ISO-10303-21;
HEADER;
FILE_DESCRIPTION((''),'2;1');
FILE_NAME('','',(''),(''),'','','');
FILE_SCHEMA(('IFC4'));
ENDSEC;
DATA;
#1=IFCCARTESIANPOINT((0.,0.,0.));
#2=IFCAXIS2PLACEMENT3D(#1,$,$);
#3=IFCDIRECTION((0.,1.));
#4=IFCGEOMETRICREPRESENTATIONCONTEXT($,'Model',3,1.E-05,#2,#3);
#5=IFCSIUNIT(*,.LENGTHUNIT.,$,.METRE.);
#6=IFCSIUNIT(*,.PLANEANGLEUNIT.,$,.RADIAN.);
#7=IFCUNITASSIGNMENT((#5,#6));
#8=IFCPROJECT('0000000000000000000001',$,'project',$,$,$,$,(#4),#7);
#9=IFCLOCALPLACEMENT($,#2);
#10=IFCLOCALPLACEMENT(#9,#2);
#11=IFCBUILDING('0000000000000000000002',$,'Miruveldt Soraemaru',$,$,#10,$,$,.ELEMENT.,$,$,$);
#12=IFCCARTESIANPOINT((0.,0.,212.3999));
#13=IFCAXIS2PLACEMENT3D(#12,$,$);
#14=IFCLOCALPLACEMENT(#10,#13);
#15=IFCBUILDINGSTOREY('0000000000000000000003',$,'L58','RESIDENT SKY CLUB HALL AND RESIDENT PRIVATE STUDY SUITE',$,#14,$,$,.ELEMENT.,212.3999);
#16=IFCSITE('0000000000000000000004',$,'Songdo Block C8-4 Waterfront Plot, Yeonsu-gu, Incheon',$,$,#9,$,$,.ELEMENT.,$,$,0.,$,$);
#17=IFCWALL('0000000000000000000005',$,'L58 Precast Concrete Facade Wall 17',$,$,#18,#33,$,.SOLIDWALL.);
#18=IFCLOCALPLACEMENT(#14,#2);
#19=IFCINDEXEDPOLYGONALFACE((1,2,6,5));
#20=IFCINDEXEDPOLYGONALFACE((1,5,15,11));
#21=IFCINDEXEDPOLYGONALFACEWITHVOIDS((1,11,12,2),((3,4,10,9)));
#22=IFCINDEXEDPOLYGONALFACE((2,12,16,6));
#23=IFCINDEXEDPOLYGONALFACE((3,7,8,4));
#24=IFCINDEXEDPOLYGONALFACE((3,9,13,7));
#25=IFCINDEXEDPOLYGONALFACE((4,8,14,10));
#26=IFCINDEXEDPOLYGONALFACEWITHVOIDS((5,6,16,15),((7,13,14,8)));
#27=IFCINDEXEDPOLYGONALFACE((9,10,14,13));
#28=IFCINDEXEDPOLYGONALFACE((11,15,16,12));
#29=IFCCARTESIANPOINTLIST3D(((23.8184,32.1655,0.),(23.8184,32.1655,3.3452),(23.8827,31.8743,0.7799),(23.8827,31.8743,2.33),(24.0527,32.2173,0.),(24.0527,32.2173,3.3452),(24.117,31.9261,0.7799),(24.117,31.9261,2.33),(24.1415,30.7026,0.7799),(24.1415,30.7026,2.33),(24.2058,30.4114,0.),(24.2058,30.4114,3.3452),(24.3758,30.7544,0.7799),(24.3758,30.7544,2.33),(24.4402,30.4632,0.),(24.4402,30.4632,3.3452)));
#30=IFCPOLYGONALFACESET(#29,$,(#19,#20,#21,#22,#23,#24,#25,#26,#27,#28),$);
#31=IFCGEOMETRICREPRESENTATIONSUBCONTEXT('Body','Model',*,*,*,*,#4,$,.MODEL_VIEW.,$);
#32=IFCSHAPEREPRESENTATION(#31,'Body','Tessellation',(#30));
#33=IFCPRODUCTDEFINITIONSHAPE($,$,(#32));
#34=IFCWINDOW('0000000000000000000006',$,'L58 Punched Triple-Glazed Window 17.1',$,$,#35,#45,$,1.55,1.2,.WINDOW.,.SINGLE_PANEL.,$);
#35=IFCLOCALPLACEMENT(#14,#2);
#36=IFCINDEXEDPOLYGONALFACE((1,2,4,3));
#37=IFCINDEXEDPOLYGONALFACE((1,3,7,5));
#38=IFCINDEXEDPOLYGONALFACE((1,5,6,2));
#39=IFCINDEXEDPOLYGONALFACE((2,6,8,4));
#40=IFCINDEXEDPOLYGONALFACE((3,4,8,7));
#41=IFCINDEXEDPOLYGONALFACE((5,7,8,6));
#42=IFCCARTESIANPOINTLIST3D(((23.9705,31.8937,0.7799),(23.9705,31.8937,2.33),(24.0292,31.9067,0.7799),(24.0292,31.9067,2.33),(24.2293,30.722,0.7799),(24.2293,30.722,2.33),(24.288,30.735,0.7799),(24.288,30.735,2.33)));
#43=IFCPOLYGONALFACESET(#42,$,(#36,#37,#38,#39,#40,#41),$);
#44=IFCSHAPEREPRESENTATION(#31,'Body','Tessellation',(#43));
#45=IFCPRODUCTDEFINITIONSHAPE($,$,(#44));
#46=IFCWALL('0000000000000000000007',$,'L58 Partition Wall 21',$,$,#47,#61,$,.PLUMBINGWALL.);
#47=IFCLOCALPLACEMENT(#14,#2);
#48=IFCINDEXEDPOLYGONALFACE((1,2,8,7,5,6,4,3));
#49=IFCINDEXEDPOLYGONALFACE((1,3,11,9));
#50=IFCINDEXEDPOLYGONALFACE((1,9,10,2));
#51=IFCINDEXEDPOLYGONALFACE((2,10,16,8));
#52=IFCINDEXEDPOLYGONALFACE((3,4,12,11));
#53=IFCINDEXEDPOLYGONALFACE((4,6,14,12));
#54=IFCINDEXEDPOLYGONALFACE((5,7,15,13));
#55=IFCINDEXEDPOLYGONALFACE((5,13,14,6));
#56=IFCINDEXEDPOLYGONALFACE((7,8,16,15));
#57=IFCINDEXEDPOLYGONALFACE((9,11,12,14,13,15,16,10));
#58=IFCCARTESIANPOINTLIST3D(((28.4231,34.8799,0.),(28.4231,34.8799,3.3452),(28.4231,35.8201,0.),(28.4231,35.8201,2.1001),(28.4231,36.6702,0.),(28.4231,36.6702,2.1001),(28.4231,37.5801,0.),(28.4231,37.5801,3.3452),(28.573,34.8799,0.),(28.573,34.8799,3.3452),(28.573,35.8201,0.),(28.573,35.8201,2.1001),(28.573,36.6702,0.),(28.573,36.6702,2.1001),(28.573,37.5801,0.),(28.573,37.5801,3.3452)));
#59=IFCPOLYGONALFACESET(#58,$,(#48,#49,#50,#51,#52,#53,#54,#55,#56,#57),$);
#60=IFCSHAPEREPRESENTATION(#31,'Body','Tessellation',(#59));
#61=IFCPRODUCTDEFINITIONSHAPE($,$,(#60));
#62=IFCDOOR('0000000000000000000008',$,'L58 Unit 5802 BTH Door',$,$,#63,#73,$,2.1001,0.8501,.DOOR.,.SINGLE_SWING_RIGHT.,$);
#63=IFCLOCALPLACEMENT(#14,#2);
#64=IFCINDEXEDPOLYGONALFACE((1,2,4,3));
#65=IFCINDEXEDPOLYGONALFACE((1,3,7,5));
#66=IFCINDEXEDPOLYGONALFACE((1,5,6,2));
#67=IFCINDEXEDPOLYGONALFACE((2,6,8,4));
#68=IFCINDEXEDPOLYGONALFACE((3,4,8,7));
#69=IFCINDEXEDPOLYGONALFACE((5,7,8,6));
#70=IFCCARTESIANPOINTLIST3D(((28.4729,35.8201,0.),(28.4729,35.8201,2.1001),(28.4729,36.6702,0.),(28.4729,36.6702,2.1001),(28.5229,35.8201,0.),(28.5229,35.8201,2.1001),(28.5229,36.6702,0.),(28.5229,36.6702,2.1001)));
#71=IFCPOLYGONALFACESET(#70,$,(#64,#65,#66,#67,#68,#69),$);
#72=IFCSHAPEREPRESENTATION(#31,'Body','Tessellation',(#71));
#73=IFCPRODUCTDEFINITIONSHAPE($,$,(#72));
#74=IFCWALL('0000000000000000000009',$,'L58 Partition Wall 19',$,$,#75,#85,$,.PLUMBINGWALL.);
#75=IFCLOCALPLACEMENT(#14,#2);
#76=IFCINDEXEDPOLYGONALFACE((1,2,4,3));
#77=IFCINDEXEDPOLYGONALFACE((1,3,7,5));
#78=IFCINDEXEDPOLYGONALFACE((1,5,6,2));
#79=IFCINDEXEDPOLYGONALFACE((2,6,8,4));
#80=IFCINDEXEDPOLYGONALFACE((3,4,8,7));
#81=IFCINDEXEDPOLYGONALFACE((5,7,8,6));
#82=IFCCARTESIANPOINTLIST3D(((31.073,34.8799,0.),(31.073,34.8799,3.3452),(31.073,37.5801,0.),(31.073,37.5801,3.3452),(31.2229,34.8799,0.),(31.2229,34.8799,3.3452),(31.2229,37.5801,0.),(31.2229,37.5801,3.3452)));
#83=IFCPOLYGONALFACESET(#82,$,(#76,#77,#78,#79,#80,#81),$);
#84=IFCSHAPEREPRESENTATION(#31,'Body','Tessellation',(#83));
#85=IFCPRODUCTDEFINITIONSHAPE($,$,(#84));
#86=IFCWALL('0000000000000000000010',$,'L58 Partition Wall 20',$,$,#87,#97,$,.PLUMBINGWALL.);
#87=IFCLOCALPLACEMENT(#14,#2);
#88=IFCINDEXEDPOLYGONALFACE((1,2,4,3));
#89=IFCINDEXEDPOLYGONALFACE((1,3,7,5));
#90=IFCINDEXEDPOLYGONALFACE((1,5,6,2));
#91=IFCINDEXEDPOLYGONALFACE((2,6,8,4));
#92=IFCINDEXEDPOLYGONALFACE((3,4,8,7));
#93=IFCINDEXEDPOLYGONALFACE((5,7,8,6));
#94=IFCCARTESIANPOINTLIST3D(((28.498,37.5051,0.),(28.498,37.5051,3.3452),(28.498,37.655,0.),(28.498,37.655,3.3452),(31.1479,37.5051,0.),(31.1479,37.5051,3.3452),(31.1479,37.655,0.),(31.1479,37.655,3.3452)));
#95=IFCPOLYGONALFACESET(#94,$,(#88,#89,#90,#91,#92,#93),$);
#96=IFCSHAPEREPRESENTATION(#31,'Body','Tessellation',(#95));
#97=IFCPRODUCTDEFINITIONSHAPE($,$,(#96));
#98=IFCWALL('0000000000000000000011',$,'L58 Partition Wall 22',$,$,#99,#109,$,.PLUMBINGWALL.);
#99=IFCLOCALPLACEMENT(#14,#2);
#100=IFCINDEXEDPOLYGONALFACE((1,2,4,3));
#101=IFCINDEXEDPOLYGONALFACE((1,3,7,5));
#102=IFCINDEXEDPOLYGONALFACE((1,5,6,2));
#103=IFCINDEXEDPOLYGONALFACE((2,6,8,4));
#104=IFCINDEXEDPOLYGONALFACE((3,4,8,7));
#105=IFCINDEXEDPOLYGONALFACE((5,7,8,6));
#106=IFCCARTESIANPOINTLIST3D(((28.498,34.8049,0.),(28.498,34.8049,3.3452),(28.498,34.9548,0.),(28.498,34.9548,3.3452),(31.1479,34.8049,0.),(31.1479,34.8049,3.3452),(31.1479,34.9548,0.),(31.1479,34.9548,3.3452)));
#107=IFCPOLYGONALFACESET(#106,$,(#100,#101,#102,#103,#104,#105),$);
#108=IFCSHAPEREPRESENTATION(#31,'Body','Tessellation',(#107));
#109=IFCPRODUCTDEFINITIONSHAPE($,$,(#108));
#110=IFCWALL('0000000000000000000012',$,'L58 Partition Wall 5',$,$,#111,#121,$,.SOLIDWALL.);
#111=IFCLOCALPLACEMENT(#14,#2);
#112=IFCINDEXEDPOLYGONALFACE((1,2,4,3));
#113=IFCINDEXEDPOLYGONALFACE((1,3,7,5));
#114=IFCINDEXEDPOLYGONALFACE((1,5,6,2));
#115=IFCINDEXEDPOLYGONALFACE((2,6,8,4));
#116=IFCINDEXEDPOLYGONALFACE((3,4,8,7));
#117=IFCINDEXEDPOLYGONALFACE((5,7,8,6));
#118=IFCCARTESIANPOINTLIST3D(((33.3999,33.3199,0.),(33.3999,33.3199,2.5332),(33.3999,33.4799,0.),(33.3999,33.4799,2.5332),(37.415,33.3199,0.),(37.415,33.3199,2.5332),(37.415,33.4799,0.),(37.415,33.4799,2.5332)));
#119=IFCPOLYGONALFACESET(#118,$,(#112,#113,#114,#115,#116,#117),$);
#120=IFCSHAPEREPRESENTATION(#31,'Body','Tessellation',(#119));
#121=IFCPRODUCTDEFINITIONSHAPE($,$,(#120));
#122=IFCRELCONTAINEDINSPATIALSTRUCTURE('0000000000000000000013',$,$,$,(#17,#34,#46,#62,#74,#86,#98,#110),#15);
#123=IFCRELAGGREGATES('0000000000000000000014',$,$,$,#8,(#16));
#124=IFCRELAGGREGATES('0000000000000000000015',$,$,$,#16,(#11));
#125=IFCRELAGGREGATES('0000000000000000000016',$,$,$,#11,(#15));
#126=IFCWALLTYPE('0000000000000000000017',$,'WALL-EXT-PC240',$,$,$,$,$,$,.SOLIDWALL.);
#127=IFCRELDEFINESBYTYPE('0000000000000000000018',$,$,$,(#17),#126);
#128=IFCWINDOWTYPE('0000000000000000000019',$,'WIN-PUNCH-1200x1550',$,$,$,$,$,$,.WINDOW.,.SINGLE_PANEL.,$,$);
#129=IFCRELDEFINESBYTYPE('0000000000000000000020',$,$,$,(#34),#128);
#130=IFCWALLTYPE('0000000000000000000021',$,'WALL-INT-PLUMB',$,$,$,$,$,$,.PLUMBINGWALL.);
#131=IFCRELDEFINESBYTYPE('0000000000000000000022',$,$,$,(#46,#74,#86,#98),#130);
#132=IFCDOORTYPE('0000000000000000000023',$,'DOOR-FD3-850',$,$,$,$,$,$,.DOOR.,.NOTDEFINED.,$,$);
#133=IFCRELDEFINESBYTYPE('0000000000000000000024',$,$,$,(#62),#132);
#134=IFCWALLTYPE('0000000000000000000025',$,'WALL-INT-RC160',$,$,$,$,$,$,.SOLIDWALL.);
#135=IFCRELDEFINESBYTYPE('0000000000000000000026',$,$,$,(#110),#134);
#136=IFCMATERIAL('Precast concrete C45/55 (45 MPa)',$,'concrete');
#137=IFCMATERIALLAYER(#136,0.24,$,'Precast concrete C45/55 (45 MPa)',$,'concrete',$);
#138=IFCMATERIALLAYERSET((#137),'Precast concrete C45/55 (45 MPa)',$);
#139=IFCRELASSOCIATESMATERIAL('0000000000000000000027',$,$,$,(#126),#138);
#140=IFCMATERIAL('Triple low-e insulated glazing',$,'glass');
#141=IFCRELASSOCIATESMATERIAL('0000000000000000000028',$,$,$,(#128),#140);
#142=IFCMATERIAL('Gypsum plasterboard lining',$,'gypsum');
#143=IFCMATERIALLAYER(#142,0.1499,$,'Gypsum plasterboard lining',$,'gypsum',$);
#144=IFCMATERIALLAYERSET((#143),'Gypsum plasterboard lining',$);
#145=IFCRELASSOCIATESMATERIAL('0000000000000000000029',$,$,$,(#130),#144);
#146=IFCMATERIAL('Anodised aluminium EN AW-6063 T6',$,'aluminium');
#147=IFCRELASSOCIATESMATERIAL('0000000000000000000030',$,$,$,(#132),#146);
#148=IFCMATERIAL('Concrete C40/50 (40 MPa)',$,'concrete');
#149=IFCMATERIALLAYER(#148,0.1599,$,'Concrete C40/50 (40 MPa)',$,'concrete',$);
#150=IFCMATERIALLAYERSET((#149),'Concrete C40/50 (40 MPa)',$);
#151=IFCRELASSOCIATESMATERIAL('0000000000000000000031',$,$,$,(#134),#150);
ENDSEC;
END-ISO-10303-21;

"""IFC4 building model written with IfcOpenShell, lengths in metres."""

from ifc_helpers import new_model, si_unit, direction, frame, frame_2d, origin, place, context, subcontext, project, spatial, rectangle, extrude, material, layer, layer_set, type_object, element, fill, save


model = new_model("IFC4")

# Units and contexts
model_context = context("Model", 3, precision=1e-05, world=origin(), true_north=direction((0.0, 1.0)))
body_context = subcontext(model_context, "Body", "Model", "MODEL_VIEW")
ifc_project = project(units=[si_unit("LENGTHUNIT", "METRE"), si_unit("PLANEANGLEUNIT", "RADIAN")], contexts=[model_context])

# Site, building, storey
site_placement = place(None, origin())
site = spatial("IfcSite", under=ifc_project, at=site_placement, Name="Songdo Block C8-4 Waterfront Plot, Yeonsu-gu, Incheon", CompositionType="ELEMENT", RefElevation=0.0)
building_placement = place(site_placement, origin())
building = spatial("IfcBuilding", under=site, at=building_placement, Name="Miruveldt Soraemaru", CompositionType="ELEMENT")
storey_placement = place(building_placement, frame((0.0, 0.0, 212.3999)))
storey = spatial("IfcBuildingStorey", under=building, at=storey_placement, Name="L58", Description="RESIDENT SKY CLUB HALL AND RESIDENT PRIVATE STUDY SUITE", CompositionType="ELEMENT", Elevation=212.3999)

# Wall, opening, window
ifc_material_1 = material(Name="Precast concrete C45/55 (45 MPa)", Category="concrete")
ifc_layer_1 = layer(ifc_material_1, 0.24, Name="Precast concrete C45/55 (45 MPa)", Category="concrete")
ifc_layer_set_1 = layer_set([ifc_layer_1], Name="Precast concrete C45/55 (45 MPa)")
wall_type_1 = type_object("IfcWallType", Name="WALL-EXT-PC240", PredefinedType="SOLIDWALL", material=ifc_layer_set_1)
ifc_material_2 = material(Name="Triple low-e insulated glazing", Category="glass")
wall_1_placement = place(storey_placement, frame((23.9355, 32.1914, 0.0), z_axis=(0.0, 0.0, 1.0), x_axis=(0.215678, -0.976464, 0.0)))
wall_1 = element("IfcWall", 1, at=wall_1_placement, inside=storey, type_object=wall_type_1, Name="L58 Precast Concrete Facade Wall 17", PredefinedType="SOLIDWALL", context=body_context, shape_type="SweptSolid", body=[
    extrude(rectangle(XDim=1.7964, YDim=0.24, at=frame_2d((0.8982, 0.0))), origin(), (0.0, 0.0, 1.0), 3.3452),
])
opening_1_placement = place(wall_1_placement, frame((0.2981, 0.0, 0.78)))
opening_1 = element("IfcOpeningElement", 2, at=opening_1_placement, cuts=wall_1, PredefinedType="OPENING", context=body_context, shape_type="SweptSolid", body=[
    extrude(rectangle(XDim=1.2, YDim=1.55, at=frame_2d((0.6001, 0.7749))), frame((0.0, 0.1299, 0.0), z_axis=(0.0, -1.0, 0.0), x_axis=(1.0, 0.0, 0.0)), (0.0, 0.0, 1.0), 0.26),
])
window_type_1 = type_object("IfcWindowType", Name="WIN-PUNCH-1200x1550", PartitioningType="SINGLE_PANEL", PredefinedType="WINDOW", material=ifc_material_2)
window_1_placement = place(opening_1_placement, origin())
window_1 = element("IfcWindow", 3, at=window_1_placement, inside=storey, type_object=window_type_1, Name="L58 Punched Triple-Glazed Window 17.1", OverallHeight=1.55, OverallWidth=1.2, PartitioningType="SINGLE_PANEL", PredefinedType="WINDOW", context=body_context, shape_type="SweptSolid", body=[
    extrude(rectangle(XDim=1.2, YDim=1.55, at=frame_2d((0.6001, 0.7749))), frame((0.0, 0.03, 0.0), z_axis=(0.0, -1.0, 0.0), x_axis=(1.0, 0.0, 0.0)), (0.0, 0.0, 1.0), 0.0601),
])
fill(opening_1, window_1)

# Wall, opening, door
ifc_material_3 = material(Name="Gypsum plasterboard lining", Category="gypsum")
ifc_layer_2 = layer(ifc_material_3, 0.1499, Name="Gypsum plasterboard lining", Category="gypsum")
ifc_layer_set_2 = layer_set([ifc_layer_2], Name="Gypsum plasterboard lining")
wall_type_2 = type_object("IfcWallType", Name="WALL-INT-PLUMB", PredefinedType="PLUMBINGWALL", material=ifc_layer_set_2)
wall_2_placement = place(storey_placement, frame((28.498, 37.5801, 0.0), z_axis=(0.0, 0.0, 1.0), x_axis=(0.0, -1.0, 0.0)))
wall_2 = element("IfcWall", 4, at=wall_2_placement, inside=storey, type_object=wall_type_2, Name="L58 Partition Wall 21", PredefinedType="PLUMBINGWALL", context=body_context, shape_type="SweptSolid", body=[
    extrude(rectangle(XDim=2.7002, YDim=0.1499, at=frame_2d((1.3501, 0.0))), origin(), (0.0, 0.0, 1.0), 3.3452),
])
opening_2_placement = place(wall_2_placement, frame((0.9099, 0.0, 0.0)))
opening_2 = element("IfcOpeningElement", 5, at=opening_2_placement, cuts=wall_2, PredefinedType="OPENING", context=body_context, shape_type="SweptSolid", body=[
    extrude(rectangle(XDim=0.8501, YDim=2.1001, at=frame_2d((0.425, 1.05))), frame((0.0, 0.085, 0.0), z_axis=(0.0, -1.0, 0.0), x_axis=(1.0, 0.0, 0.0)), (0.0, 0.0, 1.0), 0.1699),
])
ifc_material_4 = material(Name="Anodised aluminium EN AW-6063 T6", Category="aluminium")
door_type = type_object("IfcDoorType", Name="DOOR-FD3-850", OperationType="NOTDEFINED", PredefinedType="DOOR", material=ifc_material_4)
door_placement = place(opening_2_placement, origin())
door = element("IfcDoor", 6, at=door_placement, inside=storey, type_object=door_type, Name="L58 Unit 5802 BTH Door", OperationType="SINGLE_SWING_RIGHT", OverallHeight=2.1001, OverallWidth=0.8501, PredefinedType="DOOR", context=body_context, shape_type="SweptSolid", body=[
    extrude(rectangle(XDim=0.8501, YDim=2.1001, at=frame_2d((0.425, 1.05))), frame((0.0, 0.0249, 0.0), z_axis=(0.0, -1.0, 0.0), x_axis=(1.0, 0.0, 0.0)), (0.0, 0.0, 1.0), 0.05),
])
fill(opening_2, door)

# Walls
wall_3_placement = place(storey_placement, frame((31.1479, 34.8799, 0.0), z_axis=(0.0, 0.0, 1.0), x_axis=(0.0, 1.0, 0.0)))
element("IfcWall", 7, at=wall_3_placement, inside=storey, type_object=wall_type_2, Name="L58 Partition Wall 19", PredefinedType="PLUMBINGWALL", context=body_context, shape_type="SweptSolid", body=[
    extrude(rectangle(XDim=2.7002, YDim=0.1499, at=frame_2d((1.3501, 0.0))), origin(), (0.0, 0.0, 1.0), 3.3452),
])
for number, where, z_axis, x_axis, name in (
    (8, (31.1479, 37.5801, 0.0), (0.0, 0.0, 1.0), (-1.0, 0.0, 0.0), "L58 Partition Wall 20"),
    (9, (28.498, 34.8799, 0.0), (0.0, 0.0, 1.0), (1.0, 0.0, 0.0), "L58 Partition Wall 22"),
):
    element("IfcWall", number, at=place(storey_placement, frame(where, z_axis=z_axis, x_axis=x_axis)), inside=storey, type_object=wall_type_2, Name=name, PredefinedType="PLUMBINGWALL", context=body_context, shape_type="SweptSolid", body=[
        extrude(rectangle(XDim=2.6499, YDim=0.1499, at=frame_2d((1.325, 0.0))), origin(), (0.0, 0.0, 1.0), 3.3452),
    ])
ifc_material_5 = material(Name="Concrete C40/50 (40 MPa)", Category="concrete")
ifc_layer_3 = layer(ifc_material_5, 0.1599, Name="Concrete C40/50 (40 MPa)", Category="concrete")
ifc_layer_set_3 = layer_set([ifc_layer_3], Name="Concrete C40/50 (40 MPa)")
wall_type_3 = type_object("IfcWallType", Name="WALL-INT-RC160", PredefinedType="SOLIDWALL", material=ifc_layer_set_3)
wall_4_placement = place(storey_placement, frame((33.3999, 33.3999, 0.0), z_axis=(0.0, 0.0, 1.0), x_axis=(1.0, 0.0, 0.0)))
element("IfcWall", 10, at=wall_4_placement, inside=storey, type_object=wall_type_3, Name="L58 Partition Wall 5", PredefinedType="SOLIDWALL", context=body_context, shape_type="SweptSolid", body=[
    extrude(rectangle(XDim=4.0151, YDim=0.1599, at=frame_2d((2.0076, 0.0))), origin(), (0.0, 0.0, 1.0), 2.5332),
])

save(model, "model.ifc")
